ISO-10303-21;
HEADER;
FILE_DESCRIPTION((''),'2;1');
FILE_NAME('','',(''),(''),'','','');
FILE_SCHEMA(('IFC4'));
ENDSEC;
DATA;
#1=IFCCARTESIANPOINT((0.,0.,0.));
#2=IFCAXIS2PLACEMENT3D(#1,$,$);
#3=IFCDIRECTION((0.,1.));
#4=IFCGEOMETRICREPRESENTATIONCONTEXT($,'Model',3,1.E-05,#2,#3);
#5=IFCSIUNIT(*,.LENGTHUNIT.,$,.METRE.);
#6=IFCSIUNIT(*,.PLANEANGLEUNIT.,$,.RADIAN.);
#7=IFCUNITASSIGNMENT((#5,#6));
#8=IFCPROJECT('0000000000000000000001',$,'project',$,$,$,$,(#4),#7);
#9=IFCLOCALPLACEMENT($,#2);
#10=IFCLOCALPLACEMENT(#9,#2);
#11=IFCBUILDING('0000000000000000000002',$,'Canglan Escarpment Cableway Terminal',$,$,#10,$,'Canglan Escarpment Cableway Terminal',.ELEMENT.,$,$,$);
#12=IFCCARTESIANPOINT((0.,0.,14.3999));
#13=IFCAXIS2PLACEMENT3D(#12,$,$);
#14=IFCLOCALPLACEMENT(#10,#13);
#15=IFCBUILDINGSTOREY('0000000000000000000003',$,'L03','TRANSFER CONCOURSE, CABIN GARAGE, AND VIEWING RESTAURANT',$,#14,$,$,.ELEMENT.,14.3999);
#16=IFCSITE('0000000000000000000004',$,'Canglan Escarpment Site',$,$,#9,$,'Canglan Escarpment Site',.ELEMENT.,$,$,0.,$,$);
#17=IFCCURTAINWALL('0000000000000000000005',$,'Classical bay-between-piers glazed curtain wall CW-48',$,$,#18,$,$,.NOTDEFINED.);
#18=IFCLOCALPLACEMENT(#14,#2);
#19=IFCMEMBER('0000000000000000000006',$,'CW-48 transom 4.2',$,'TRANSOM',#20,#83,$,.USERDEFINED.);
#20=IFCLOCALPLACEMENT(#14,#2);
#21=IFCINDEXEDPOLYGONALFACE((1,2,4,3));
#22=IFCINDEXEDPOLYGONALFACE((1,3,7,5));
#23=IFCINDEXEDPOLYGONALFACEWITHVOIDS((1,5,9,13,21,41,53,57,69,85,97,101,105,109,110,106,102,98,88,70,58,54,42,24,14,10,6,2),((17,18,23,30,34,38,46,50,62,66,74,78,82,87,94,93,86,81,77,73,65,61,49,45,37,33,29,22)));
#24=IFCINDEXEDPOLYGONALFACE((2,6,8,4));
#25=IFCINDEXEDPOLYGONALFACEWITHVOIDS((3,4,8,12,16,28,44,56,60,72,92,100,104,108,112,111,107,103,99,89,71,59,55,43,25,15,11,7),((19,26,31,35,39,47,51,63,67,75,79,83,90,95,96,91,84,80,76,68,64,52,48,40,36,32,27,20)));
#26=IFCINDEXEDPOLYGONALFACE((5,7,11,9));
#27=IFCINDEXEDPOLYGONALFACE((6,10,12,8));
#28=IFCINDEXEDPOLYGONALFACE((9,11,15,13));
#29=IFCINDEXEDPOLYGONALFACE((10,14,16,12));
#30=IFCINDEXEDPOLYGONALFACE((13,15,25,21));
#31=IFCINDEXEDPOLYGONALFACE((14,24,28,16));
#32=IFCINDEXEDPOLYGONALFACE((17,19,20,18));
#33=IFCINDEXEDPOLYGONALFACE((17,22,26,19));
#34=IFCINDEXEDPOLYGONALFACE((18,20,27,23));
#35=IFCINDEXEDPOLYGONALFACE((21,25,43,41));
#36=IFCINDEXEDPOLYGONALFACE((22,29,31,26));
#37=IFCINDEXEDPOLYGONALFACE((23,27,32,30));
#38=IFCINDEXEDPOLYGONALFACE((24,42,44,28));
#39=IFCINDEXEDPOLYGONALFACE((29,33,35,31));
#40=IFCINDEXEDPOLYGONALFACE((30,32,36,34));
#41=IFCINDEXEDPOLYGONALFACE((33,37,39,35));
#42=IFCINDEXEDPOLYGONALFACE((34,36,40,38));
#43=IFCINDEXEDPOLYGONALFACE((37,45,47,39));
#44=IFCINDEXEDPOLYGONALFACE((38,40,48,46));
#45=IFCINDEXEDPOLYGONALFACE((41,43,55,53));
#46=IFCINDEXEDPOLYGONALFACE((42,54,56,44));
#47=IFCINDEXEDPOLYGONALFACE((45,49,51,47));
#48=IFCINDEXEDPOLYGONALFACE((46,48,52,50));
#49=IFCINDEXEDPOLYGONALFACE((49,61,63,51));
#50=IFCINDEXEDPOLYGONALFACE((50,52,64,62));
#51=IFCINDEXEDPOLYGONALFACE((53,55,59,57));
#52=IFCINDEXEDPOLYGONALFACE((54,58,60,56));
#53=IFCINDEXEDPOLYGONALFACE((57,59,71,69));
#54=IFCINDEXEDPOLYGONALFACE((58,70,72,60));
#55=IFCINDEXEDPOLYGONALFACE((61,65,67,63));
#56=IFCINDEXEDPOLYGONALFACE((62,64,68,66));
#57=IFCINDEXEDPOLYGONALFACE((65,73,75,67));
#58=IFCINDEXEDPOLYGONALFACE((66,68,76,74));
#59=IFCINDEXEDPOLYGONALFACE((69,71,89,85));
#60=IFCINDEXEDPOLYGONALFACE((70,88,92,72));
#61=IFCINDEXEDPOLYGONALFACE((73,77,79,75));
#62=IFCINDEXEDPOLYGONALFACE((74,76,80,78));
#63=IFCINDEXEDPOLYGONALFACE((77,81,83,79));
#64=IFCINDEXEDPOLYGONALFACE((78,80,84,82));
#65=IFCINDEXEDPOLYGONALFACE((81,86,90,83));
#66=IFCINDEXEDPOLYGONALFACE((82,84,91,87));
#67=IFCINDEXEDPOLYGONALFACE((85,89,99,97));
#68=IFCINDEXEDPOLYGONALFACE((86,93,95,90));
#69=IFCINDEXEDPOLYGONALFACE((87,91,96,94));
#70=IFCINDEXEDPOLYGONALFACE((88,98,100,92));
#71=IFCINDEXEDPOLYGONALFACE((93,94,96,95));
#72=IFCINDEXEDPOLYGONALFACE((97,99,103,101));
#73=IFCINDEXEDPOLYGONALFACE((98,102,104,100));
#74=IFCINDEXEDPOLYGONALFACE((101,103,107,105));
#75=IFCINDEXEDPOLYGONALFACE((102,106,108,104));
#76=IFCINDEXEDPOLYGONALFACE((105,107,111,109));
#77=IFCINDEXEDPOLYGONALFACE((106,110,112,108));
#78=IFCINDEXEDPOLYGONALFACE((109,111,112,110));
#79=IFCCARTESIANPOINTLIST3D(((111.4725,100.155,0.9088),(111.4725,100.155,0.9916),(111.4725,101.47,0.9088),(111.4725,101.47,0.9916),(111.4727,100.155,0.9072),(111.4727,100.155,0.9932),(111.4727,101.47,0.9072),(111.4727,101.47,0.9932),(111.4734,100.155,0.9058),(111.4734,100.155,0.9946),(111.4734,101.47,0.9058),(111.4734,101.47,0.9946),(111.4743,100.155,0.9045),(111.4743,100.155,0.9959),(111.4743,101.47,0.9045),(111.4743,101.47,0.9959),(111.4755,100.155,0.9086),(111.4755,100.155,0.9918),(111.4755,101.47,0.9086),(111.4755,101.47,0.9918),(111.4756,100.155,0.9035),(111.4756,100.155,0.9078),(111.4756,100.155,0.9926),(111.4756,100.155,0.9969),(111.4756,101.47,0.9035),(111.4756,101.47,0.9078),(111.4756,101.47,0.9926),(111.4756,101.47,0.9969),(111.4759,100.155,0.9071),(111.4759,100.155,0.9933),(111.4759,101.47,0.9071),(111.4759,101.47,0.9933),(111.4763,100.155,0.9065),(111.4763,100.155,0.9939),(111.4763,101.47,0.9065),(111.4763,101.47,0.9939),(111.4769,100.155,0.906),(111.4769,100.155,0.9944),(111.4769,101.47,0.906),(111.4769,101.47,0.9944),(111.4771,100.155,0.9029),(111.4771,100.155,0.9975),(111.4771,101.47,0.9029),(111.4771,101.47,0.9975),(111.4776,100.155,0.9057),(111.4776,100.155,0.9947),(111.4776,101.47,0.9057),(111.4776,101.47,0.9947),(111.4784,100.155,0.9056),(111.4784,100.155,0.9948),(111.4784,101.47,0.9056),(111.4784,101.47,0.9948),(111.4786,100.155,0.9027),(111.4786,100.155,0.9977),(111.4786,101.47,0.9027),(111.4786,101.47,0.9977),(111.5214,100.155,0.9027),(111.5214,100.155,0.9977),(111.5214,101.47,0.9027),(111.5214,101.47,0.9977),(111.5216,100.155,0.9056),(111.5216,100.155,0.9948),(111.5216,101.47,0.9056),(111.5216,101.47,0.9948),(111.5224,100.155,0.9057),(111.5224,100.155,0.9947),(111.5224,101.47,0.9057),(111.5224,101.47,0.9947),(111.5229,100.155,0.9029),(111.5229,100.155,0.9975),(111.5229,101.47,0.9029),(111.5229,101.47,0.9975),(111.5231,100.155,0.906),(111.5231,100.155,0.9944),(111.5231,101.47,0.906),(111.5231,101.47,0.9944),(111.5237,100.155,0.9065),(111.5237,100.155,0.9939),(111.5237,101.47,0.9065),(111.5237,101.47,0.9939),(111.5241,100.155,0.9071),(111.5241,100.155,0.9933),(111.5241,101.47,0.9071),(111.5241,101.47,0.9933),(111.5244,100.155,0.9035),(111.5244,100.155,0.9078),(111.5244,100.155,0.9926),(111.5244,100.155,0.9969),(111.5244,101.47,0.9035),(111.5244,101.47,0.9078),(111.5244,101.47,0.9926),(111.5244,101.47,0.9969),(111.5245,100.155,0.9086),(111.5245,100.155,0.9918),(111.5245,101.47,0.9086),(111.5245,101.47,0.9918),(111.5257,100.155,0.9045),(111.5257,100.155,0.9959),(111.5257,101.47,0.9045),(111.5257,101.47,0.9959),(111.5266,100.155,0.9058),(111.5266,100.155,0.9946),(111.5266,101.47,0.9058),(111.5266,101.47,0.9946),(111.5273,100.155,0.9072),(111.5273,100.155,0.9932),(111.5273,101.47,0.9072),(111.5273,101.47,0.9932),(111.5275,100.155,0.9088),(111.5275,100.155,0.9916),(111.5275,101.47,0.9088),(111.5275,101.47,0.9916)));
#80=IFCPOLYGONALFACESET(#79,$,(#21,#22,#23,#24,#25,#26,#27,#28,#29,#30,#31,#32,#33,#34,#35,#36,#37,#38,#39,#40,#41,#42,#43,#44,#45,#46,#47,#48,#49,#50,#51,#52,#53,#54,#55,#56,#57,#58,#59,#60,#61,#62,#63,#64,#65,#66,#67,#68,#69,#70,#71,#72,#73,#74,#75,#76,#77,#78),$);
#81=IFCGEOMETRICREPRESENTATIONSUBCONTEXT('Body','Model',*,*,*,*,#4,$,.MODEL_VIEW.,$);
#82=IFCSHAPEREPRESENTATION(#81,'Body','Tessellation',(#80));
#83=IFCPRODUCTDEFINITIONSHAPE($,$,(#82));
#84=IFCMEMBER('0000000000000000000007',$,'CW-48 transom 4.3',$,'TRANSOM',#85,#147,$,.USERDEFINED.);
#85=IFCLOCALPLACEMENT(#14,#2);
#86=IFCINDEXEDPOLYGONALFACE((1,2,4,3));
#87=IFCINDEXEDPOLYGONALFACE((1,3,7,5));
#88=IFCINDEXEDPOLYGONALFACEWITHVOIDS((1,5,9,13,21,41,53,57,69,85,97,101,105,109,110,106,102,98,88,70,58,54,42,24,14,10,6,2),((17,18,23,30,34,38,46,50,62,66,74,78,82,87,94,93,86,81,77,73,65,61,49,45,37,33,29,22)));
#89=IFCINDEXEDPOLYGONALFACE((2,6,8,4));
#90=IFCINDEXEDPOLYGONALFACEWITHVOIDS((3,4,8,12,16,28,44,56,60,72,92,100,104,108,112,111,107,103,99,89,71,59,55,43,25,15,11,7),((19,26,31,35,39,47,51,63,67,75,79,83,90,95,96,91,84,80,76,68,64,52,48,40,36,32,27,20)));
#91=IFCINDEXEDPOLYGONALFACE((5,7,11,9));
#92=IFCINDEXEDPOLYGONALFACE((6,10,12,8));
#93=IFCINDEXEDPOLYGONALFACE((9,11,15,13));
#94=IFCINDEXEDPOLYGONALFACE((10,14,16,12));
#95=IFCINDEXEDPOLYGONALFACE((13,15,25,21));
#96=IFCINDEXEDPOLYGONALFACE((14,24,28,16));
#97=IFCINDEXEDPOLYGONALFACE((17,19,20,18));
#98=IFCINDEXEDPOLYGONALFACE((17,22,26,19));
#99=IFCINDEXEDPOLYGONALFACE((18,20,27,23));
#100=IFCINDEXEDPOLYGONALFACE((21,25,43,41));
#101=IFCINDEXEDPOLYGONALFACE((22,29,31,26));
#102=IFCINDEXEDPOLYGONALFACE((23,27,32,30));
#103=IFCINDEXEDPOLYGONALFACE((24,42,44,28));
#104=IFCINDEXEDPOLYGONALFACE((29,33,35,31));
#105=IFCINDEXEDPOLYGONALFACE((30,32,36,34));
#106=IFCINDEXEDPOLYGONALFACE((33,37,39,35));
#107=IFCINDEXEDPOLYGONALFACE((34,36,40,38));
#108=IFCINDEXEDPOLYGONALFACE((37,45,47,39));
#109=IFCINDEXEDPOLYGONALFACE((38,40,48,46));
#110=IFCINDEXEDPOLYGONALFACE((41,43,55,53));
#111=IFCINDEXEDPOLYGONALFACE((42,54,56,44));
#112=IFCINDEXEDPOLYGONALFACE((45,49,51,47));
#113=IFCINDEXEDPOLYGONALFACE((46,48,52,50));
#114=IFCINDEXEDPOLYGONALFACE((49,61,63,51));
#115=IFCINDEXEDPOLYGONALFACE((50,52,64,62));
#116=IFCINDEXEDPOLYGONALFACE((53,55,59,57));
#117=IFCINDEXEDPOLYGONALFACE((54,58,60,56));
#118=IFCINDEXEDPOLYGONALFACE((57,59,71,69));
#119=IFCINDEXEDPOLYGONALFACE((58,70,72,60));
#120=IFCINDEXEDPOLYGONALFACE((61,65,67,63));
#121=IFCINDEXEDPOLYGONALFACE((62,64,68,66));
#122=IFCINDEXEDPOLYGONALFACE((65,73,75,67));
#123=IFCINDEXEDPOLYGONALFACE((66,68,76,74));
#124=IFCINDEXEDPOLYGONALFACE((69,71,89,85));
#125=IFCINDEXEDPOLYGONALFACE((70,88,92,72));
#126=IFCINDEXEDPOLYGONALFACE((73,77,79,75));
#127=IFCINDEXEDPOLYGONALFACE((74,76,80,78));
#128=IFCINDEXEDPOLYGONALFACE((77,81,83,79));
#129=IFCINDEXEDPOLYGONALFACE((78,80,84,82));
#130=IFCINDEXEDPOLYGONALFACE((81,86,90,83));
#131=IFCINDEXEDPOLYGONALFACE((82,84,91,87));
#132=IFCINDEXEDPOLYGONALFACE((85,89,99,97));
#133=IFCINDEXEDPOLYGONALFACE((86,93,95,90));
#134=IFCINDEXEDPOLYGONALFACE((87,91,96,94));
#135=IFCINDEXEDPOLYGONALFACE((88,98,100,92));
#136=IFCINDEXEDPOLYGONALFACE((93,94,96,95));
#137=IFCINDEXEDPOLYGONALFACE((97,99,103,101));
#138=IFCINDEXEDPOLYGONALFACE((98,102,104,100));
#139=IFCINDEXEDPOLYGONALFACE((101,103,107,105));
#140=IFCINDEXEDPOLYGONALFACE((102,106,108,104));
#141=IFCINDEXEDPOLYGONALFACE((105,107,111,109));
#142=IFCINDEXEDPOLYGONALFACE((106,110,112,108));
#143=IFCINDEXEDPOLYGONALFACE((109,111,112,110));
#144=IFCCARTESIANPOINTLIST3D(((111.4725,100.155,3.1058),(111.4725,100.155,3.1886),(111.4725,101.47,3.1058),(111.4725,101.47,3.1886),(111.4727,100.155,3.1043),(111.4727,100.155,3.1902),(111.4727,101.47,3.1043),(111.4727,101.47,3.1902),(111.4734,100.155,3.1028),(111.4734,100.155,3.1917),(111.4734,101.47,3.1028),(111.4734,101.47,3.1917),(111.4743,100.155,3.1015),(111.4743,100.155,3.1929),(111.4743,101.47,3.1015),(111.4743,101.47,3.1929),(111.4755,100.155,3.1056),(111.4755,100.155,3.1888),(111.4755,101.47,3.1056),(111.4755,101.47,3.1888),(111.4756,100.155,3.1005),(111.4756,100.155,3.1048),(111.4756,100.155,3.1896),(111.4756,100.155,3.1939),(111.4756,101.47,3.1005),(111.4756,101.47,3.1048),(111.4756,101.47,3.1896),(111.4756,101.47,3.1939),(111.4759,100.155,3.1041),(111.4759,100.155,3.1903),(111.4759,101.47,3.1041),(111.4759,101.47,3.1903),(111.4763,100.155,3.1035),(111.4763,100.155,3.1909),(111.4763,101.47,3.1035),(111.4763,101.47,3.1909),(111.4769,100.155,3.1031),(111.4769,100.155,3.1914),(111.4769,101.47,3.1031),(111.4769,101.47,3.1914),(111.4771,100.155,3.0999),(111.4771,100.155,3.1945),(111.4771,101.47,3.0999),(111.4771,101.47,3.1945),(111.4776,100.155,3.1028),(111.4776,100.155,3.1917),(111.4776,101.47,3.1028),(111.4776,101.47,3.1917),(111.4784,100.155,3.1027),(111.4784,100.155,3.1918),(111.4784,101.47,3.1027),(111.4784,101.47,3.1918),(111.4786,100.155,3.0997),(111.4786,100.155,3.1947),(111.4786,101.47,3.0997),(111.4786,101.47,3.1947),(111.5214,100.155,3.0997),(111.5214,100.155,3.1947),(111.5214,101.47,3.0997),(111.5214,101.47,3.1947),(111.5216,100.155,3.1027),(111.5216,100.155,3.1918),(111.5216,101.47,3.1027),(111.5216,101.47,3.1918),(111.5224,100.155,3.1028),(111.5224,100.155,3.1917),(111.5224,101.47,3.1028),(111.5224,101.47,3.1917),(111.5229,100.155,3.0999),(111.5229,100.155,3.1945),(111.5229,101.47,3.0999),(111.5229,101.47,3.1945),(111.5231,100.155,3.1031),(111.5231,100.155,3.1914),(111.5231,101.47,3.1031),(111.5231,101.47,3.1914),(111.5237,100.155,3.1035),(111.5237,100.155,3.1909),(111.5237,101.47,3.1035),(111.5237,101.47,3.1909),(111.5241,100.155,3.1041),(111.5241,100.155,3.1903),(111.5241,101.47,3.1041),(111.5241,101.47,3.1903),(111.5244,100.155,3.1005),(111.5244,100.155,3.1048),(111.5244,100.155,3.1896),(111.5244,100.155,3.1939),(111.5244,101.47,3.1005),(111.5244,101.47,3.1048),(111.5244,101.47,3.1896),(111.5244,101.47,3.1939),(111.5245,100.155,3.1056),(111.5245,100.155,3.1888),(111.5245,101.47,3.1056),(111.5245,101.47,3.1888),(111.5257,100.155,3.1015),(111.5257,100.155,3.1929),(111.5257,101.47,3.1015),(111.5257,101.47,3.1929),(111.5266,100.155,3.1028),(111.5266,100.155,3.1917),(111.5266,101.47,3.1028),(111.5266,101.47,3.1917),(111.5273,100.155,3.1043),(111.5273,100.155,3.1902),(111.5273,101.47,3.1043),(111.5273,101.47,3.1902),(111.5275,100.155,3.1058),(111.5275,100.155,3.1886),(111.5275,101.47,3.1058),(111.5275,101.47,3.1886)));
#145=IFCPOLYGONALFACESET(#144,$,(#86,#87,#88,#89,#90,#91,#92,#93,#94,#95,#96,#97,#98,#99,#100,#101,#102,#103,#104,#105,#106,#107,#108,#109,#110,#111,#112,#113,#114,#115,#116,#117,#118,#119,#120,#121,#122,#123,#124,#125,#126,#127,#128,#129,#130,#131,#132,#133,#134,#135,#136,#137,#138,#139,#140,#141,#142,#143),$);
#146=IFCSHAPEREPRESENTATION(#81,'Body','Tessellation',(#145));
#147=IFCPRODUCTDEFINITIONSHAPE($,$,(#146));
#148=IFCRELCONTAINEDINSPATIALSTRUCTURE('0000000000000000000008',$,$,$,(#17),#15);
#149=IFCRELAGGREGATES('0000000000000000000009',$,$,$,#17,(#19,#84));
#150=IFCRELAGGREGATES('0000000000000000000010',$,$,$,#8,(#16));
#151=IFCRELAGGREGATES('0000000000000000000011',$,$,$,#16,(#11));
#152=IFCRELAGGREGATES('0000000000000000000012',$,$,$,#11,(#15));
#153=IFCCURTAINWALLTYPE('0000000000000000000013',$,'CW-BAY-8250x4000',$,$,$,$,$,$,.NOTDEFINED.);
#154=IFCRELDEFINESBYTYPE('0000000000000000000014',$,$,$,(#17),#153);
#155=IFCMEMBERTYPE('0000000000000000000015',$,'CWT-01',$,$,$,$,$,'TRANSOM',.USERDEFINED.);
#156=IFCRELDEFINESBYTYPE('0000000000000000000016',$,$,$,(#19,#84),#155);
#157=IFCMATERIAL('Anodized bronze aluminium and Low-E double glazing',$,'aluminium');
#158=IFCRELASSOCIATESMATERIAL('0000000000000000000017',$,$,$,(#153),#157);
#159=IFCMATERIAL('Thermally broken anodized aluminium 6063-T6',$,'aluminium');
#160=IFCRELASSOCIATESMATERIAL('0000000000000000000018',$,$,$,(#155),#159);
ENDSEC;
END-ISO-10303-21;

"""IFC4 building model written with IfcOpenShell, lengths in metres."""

from ifc_helpers import new_model, si_unit, direction, frame, origin, origin_2d, place, context, subcontext, project, spatial, hollow_rectangle, extrude, material, material_profile, profile_set, type_object, element, aggregate, save


model = new_model("IFC4")

# Units and contexts
model_context = context("Model", 3, precision=1e-05, world=origin(), true_north=direction((0.0, 1.0)))
body_context = subcontext(model_context, "Body", "Model", "MODEL_VIEW")
ifc_project = project(units=[si_unit("LENGTHUNIT", "METRE"), si_unit("PLANEANGLEUNIT", "RADIAN")], contexts=[model_context])

# Site, building, storey
site_placement = place(None, origin())
site = spatial("IfcSite", under=ifc_project, at=site_placement, Name="Canglan Escarpment Site", LongName="Canglan Escarpment Site", CompositionType="ELEMENT", RefElevation=0.0)
building_placement = place(site_placement, origin())
building = spatial("IfcBuilding", under=site, at=building_placement, Name="Canglan Escarpment Cableway Terminal", LongName="Canglan Escarpment Cableway Terminal", CompositionType="ELEMENT")
storey_placement = place(building_placement, frame((0.0, 0.0, 14.3999)))
storey = spatial("IfcBuildingStorey", under=building, at=storey_placement, Name="L03", Description="TRANSFER CONCOURSE, CABIN GARAGE, AND VIEWING RESTAURANT", CompositionType="ELEMENT", Elevation=14.3999)

# Curtain wall, members
ifc_material_1 = material(Name="Anodized bronze aluminium and Low-E double glazing", Category="aluminium")
curtain_wall_type = type_object("IfcCurtainWallType", Name="CW-BAY-8250x4000", PredefinedType="NOTDEFINED", material=ifc_material_1)
curtain_wall_placement = place(storey_placement, origin())
curtain_wall = element("IfcCurtainWall", 1, at=curtain_wall_placement, inside=storey, type_object=curtain_wall_type, Name="Classical bay-between-piers glazed curtain wall CW-48", PredefinedType="NOTDEFINED")
ifc_material_2 = material(Name="Thermally broken anodized aluminium 6063-T6", Category="aluminium")
ifc_material_profile_1 = material_profile(ifc_material_2, hollow_rectangle(XDim=0.0549, YDim=0.095, WallThickness=0.0029, InnerFilletRadius=0.0029, OuterFilletRadius=0.0061, at=origin_2d()), Name="ALU-TRAN 55x95x3")
ifc_profile_set_1 = profile_set([ifc_material_profile_1], Name="Thermally broken anodized aluminium 6063-T6")
member_type_1 = type_object("IfcMemberType", Name="CWT-01", ElementType="TRANSOM", PredefinedType="USERDEFINED", material=ifc_profile_set_1)
member_1_placement = place(storey_placement, frame((111.5, 101.47, 0.9502), z_axis=(0.0, -1.0, 0.0), x_axis=(1.0, 0.0, 0.0)))
member_1 = element("IfcMember", 2, at=member_1_placement, type_object=member_type_1, Name="CW-48 transom 4.2", ObjectType="TRANSOM", PredefinedType="USERDEFINED", context=body_context, shape_type="SweptSolid", body=[
    extrude(hollow_rectangle(XDim=0.0549, YDim=0.095, WallThickness=0.0029, InnerFilletRadius=0.0029, OuterFilletRadius=0.0061, at=origin_2d()), origin(), (0.0, 0.0, 1.0), 1.3149),
])
member_2_placement = place(storey_placement, frame((111.5, 101.47, 3.1472), z_axis=(0.0, -1.0, 0.0), x_axis=(1.0, 0.0, 0.0)))
member_2 = element("IfcMember", 3, at=member_2_placement, type_object=member_type_1, Name="CW-48 transom 4.3", ObjectType="TRANSOM", PredefinedType="USERDEFINED", context=body_context, shape_type="SweptSolid", body=[
    extrude(hollow_rectangle(XDim=0.0549, YDim=0.095, WallThickness=0.0029, InnerFilletRadius=0.0029, OuterFilletRadius=0.0061, at=origin_2d()), origin(), (0.0, 0.0, 1.0), 1.3149),
])
aggregate(curtain_wall, [member_1, member_2])

save(model, "model.ifc")
